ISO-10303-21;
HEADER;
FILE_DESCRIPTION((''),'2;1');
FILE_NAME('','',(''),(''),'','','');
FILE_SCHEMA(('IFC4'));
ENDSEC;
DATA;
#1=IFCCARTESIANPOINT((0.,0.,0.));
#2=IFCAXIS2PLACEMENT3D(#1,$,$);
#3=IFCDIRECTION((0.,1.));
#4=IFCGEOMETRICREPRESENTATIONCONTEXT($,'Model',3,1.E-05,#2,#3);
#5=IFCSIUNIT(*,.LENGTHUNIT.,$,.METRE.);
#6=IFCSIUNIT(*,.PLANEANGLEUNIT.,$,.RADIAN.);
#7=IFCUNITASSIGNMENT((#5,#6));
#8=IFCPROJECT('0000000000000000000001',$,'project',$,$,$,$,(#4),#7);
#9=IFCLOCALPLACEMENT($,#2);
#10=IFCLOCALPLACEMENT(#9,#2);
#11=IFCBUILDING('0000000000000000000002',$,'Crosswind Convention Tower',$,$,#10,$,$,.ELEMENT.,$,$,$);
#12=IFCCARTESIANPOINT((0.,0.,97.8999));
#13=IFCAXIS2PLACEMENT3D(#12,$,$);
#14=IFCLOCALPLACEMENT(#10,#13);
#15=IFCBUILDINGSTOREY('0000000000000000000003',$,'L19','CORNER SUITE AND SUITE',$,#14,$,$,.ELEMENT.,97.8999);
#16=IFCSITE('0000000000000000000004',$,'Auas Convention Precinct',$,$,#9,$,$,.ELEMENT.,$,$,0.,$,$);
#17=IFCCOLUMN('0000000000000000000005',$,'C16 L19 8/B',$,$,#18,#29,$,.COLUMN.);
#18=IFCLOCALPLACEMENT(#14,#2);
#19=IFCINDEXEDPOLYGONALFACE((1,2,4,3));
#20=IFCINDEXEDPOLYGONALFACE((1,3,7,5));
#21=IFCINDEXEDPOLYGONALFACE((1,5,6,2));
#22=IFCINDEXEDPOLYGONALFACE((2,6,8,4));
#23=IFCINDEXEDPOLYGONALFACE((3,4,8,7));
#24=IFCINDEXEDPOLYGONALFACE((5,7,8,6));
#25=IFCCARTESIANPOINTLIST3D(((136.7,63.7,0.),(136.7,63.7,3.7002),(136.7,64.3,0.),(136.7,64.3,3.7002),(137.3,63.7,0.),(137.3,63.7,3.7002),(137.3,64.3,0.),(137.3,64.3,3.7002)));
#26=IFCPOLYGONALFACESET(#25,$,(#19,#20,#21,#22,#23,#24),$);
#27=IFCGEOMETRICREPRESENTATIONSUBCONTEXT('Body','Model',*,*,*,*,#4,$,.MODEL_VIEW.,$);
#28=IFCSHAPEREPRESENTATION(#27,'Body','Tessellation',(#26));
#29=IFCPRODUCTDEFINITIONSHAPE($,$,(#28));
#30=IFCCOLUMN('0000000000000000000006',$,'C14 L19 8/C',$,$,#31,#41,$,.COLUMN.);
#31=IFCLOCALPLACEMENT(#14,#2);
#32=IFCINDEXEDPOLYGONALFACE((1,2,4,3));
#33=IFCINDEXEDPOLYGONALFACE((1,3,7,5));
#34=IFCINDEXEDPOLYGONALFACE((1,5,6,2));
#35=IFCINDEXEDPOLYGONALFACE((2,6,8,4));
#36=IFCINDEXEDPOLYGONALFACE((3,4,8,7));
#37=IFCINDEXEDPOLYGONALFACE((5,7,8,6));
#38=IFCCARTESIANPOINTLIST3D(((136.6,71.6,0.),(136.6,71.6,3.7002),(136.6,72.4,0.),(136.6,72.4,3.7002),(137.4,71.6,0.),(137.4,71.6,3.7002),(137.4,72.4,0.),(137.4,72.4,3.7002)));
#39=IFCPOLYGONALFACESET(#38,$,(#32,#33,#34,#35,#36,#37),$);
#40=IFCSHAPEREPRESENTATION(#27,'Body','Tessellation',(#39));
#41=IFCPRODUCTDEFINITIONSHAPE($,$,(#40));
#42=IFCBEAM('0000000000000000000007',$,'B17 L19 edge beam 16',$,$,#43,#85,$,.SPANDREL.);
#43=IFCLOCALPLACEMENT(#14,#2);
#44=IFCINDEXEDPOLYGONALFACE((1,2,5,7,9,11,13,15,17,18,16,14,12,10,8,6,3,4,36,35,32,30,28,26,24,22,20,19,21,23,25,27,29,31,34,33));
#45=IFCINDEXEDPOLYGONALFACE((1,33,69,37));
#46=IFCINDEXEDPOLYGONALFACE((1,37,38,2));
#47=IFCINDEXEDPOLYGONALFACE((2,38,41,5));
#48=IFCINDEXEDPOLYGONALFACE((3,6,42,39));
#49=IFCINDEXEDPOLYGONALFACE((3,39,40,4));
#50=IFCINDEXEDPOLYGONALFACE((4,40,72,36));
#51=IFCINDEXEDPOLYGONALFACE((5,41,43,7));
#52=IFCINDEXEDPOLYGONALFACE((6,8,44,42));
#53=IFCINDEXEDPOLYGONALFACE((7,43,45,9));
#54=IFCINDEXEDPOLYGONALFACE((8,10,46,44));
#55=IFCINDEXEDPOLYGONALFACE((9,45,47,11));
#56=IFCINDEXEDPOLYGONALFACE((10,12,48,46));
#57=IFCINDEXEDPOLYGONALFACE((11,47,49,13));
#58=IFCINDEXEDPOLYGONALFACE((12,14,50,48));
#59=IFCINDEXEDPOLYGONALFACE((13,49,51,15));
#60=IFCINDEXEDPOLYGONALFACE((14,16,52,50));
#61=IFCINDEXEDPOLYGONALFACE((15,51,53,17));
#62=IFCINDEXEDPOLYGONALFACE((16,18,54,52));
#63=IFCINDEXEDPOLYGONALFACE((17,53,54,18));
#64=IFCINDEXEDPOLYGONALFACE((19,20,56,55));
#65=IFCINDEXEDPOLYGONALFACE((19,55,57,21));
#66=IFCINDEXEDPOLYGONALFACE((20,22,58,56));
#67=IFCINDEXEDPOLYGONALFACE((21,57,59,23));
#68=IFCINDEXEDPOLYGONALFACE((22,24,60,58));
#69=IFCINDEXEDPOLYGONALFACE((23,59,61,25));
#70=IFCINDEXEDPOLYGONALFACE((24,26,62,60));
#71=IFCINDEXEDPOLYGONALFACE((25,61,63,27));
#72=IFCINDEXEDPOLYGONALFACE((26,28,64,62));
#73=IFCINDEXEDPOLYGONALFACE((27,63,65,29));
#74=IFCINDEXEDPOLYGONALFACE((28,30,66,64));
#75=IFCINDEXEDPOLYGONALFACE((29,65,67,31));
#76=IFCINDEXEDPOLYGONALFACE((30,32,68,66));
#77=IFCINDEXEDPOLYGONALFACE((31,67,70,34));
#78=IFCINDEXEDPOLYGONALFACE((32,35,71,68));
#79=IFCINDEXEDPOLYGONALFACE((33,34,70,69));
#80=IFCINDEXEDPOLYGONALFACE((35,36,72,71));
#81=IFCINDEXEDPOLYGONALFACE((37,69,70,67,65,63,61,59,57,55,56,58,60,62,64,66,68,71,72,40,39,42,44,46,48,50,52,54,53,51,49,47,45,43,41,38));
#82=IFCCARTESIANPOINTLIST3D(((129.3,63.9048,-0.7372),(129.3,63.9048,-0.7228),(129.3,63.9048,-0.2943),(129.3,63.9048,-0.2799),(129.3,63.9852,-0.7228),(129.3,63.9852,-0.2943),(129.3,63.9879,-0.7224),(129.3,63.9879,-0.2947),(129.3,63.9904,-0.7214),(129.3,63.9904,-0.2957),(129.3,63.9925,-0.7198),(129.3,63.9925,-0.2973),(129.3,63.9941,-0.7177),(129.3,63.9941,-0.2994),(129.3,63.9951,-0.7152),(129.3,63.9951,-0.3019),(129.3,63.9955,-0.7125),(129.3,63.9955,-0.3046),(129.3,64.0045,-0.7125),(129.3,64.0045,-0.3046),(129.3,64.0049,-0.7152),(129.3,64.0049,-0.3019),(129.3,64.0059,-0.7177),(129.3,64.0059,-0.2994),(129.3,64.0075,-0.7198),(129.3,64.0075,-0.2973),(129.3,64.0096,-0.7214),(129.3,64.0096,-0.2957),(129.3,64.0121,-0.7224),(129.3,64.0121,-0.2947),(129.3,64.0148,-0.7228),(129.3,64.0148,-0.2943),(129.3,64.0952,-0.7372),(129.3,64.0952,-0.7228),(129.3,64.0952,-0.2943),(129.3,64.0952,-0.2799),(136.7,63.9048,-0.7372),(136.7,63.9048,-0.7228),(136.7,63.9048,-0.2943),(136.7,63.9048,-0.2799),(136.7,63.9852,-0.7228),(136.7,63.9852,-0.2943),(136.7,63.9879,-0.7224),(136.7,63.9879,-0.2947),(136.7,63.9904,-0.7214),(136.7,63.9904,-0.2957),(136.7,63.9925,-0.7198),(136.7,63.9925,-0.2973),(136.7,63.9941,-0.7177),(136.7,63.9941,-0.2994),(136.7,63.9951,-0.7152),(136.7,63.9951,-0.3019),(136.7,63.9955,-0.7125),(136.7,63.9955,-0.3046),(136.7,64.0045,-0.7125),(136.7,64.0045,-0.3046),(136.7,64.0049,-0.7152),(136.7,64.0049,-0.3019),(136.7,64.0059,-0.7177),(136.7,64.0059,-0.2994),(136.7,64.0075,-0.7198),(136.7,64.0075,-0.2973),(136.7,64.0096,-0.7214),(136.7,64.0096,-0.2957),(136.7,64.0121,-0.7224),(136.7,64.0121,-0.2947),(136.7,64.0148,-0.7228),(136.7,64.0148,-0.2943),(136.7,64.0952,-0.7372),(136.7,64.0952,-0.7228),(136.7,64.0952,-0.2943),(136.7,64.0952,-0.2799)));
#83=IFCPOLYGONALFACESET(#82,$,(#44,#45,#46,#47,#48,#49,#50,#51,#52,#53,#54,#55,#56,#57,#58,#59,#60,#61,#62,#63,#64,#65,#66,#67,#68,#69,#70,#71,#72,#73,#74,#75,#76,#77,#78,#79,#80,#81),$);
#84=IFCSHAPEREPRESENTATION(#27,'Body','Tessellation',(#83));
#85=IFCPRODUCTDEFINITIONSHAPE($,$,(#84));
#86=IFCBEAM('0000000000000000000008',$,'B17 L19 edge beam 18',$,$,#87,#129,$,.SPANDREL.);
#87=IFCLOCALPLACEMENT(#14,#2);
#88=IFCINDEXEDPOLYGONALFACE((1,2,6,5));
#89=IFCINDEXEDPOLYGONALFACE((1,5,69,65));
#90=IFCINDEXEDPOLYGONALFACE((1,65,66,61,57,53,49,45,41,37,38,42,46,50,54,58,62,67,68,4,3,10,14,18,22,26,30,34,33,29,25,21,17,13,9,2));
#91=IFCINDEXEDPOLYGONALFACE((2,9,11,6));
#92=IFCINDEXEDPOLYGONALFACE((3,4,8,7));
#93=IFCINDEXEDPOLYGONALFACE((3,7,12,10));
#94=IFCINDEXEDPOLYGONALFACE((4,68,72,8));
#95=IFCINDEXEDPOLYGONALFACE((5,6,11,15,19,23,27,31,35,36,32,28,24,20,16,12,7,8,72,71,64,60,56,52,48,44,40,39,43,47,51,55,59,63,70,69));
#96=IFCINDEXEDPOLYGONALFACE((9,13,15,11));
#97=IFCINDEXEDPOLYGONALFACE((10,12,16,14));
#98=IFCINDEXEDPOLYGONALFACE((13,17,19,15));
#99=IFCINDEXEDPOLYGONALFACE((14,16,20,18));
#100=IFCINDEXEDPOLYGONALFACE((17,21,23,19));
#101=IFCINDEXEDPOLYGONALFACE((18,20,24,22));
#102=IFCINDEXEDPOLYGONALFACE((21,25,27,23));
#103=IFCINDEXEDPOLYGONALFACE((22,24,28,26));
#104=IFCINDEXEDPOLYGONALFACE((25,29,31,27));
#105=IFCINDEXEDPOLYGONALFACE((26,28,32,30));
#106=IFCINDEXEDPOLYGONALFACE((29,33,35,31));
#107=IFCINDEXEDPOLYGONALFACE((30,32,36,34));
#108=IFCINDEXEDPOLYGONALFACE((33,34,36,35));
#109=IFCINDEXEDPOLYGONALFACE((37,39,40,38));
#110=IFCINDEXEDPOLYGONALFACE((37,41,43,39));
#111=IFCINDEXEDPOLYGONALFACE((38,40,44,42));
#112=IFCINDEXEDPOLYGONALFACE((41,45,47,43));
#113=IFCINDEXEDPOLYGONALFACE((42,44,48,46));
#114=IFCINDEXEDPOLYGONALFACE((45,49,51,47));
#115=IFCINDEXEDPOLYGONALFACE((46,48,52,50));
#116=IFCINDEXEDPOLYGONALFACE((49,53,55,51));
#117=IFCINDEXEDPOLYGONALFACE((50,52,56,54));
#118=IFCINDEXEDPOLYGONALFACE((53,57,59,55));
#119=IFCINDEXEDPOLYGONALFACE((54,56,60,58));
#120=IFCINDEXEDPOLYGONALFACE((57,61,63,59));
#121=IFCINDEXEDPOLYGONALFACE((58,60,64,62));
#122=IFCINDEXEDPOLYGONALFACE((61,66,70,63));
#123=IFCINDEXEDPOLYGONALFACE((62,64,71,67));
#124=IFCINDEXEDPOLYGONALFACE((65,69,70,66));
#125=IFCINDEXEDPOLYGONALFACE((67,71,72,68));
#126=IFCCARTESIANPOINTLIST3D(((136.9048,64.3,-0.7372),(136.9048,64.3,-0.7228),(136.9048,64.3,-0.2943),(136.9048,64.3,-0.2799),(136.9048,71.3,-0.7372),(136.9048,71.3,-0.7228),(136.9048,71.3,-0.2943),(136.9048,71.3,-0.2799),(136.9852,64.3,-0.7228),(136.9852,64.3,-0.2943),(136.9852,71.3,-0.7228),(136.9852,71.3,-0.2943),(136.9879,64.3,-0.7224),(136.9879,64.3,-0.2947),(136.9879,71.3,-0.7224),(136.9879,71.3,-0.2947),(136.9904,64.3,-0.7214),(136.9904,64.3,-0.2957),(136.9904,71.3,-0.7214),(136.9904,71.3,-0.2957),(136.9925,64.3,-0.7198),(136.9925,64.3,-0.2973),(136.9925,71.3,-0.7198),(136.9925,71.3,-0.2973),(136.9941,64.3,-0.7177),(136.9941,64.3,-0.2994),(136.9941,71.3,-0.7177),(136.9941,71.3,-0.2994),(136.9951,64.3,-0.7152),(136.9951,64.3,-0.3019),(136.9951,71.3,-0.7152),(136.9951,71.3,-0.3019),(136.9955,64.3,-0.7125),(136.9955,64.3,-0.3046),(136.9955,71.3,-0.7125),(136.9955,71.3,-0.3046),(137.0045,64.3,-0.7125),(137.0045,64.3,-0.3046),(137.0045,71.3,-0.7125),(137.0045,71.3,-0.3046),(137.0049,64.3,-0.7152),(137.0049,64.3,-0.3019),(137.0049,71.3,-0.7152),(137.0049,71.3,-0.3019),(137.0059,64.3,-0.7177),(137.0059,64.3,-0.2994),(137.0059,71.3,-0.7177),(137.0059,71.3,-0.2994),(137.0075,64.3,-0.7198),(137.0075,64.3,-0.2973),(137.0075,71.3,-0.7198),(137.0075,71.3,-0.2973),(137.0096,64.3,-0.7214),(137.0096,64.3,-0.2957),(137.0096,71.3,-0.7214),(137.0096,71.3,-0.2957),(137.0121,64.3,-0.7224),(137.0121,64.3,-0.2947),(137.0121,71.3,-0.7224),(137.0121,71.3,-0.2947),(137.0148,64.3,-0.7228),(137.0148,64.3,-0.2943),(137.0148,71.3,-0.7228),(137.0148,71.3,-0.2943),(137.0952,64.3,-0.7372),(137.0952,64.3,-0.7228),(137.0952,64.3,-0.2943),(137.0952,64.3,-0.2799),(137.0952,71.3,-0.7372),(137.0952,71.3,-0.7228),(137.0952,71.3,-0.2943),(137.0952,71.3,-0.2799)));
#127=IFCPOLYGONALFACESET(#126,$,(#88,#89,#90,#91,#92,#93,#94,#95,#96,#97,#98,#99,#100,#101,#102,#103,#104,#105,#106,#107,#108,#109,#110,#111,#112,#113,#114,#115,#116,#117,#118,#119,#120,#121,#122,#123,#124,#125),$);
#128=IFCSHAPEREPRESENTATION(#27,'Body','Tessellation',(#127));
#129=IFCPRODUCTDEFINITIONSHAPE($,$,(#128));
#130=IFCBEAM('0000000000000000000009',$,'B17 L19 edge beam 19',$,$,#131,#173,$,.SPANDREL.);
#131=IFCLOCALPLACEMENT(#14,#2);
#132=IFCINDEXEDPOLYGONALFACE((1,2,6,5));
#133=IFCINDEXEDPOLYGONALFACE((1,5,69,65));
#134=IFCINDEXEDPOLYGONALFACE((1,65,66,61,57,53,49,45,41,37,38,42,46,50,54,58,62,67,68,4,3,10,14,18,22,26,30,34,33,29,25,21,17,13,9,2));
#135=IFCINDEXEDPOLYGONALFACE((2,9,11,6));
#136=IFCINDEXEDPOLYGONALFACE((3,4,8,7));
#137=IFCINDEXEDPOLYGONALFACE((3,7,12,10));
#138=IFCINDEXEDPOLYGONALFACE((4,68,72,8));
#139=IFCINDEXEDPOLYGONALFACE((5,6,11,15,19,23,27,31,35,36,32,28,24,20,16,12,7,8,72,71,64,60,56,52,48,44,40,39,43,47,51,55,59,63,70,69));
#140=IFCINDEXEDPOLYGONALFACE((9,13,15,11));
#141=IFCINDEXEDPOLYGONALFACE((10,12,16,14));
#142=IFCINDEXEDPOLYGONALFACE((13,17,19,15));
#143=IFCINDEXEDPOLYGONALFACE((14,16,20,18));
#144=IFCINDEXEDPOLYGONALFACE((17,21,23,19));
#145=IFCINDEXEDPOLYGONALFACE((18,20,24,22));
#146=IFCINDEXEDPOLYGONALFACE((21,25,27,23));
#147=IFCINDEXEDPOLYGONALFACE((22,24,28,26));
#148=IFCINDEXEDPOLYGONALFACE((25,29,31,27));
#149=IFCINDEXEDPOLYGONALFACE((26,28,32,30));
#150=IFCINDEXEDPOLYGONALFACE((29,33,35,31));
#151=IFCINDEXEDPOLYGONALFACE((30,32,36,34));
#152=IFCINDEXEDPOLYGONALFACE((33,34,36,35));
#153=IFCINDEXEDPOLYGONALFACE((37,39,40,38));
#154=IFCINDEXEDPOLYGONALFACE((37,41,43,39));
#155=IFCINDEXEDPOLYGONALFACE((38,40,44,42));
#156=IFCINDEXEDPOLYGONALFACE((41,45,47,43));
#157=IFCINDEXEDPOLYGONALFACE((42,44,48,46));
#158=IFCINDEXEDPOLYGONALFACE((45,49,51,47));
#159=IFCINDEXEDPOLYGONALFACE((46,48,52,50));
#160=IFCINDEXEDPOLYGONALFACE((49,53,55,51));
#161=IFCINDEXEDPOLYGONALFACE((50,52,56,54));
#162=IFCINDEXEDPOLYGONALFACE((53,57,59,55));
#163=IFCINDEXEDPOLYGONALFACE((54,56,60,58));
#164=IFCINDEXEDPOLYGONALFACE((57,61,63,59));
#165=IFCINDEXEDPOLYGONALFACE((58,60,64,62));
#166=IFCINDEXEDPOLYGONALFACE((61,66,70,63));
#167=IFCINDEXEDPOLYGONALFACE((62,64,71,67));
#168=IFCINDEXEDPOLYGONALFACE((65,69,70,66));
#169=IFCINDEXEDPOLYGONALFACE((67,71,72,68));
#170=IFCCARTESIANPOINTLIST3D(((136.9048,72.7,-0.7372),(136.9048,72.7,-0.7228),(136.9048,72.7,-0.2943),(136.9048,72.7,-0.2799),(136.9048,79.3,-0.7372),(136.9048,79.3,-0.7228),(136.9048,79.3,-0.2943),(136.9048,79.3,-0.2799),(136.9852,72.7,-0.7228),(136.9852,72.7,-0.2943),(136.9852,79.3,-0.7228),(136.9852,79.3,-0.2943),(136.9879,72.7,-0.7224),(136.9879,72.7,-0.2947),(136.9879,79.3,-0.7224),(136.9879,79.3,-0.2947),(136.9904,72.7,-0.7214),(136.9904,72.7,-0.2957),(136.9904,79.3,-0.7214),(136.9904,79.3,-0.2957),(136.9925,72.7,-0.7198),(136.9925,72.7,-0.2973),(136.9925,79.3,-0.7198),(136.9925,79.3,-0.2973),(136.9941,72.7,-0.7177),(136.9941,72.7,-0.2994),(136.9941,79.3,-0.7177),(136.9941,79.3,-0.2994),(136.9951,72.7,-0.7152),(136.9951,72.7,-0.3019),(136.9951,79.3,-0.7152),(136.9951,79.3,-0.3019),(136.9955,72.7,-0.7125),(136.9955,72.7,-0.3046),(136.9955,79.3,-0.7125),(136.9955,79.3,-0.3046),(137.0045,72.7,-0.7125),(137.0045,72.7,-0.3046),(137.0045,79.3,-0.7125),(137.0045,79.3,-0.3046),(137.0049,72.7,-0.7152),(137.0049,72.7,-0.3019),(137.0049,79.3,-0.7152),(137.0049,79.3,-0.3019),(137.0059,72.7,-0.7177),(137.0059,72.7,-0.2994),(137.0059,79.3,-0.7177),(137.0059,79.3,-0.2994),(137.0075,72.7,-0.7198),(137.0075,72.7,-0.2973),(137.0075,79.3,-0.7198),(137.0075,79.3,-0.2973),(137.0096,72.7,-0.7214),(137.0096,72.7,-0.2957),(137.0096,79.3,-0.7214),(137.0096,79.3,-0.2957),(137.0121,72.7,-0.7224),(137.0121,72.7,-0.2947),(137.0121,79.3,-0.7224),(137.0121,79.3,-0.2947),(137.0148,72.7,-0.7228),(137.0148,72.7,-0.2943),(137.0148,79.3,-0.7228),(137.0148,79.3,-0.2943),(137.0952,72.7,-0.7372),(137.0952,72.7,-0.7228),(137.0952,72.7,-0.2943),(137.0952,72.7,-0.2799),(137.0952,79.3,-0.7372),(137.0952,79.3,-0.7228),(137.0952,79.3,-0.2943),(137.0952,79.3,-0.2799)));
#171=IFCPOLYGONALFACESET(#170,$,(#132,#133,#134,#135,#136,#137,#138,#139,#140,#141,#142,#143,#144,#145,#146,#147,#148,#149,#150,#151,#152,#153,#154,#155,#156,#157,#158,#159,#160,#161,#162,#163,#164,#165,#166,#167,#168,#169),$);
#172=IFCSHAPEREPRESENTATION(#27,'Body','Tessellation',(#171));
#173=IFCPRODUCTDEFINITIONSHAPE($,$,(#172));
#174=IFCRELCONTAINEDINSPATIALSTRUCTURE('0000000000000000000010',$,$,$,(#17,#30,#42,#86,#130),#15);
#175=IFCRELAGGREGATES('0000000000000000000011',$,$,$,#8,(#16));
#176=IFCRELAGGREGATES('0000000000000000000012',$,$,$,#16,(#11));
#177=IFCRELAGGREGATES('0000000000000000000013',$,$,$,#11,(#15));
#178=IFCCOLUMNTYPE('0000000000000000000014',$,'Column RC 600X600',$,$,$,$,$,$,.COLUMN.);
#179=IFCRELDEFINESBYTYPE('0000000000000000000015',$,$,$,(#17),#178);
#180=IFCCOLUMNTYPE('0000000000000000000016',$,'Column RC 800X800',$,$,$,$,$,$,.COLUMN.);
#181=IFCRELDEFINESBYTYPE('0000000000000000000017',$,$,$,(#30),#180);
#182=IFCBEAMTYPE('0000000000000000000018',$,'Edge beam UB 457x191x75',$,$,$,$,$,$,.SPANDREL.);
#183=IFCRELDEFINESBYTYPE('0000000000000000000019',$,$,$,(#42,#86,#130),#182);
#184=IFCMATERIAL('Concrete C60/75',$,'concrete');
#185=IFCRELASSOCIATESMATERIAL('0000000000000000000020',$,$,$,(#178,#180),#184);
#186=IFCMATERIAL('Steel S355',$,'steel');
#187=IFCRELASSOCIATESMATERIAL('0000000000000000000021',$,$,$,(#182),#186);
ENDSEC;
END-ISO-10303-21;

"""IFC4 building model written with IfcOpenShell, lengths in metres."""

from ifc_helpers import new_model, si_unit, direction, frame, origin, origin_2d, place, context, subcontext, project, spatial, rectangle, i_section, extrude, material, material_profile, profile_set, type_object, element, save


model = new_model("IFC4")

# Units and contexts
model_context = context("Model", 3, precision=1e-05, world=origin(), true_north=direction((0.0, 1.0)))
body_context = subcontext(model_context, "Body", "Model", "MODEL_VIEW")
ifc_project = project(units=[si_unit("LENGTHUNIT", "METRE"), si_unit("PLANEANGLEUNIT", "RADIAN")], contexts=[model_context])

# Site, building, storey
site_placement = place(None, origin())
site = spatial("IfcSite", under=ifc_project, at=site_placement, Name="Auas Convention Precinct", CompositionType="ELEMENT", RefElevation=0.0)
building_placement = place(site_placement, origin())
building = spatial("IfcBuilding", under=site, at=building_placement, Name="Crosswind Convention Tower", CompositionType="ELEMENT")
storey_placement = place(building_placement, frame((0.0, 0.0, 97.8999)))
storey = spatial("IfcBuildingStorey", under=building, at=storey_placement, Name="L19", Description="CORNER SUITE AND SUITE", CompositionType="ELEMENT", Elevation=97.8999)

# Columns
ifc_material_1 = material(Name="Concrete C60/75", Category="concrete")
ifc_material_profile_1 = material_profile(ifc_material_1, rectangle(XDim=0.6001, YDim=0.6001, at=origin_2d()), Name="RC 600X600")
ifc_profile_set_1 = profile_set([ifc_material_profile_1], Name="Concrete C60/75")
column_type_1 = type_object("IfcColumnType", Name="Column RC 600X600", PredefinedType="COLUMN", material=ifc_profile_set_1)
column_1_placement = place(storey_placement, frame((137.0, 64.0, 0.0), z_axis=(0.0, 0.0, 1.0), x_axis=(1.0, 0.0, 0.0)))
element("IfcColumn", 1, at=column_1_placement, inside=storey, type_object=column_type_1, Name="C16 L19 8/B", PredefinedType="COLUMN", context=body_context, shape_type="SweptSolid", body=[
    extrude(rectangle(XDim=0.6001, YDim=0.6001, at=origin_2d()), origin(), (0.0, 0.0, 1.0), 3.7002),
])
ifc_material_profile_2 = material_profile(ifc_material_1, rectangle(XDim=0.8, YDim=0.8, at=origin_2d()), Name="RC 800X800")
ifc_profile_set_2 = profile_set([ifc_material_profile_2], Name="Concrete C60/75")
column_type_2 = type_object("IfcColumnType", Name="Column RC 800X800", PredefinedType="COLUMN", material=ifc_profile_set_2)
column_2_placement = place(storey_placement, frame((137.0, 72.0, 0.0), z_axis=(0.0, 0.0, 1.0), x_axis=(1.0, 0.0, 0.0)))
element("IfcColumn", 2, at=column_2_placement, inside=storey, type_object=column_type_2, Name="C14 L19 8/C", PredefinedType="COLUMN", context=body_context, shape_type="SweptSolid", body=[
    extrude(rectangle(XDim=0.8, YDim=0.8, at=origin_2d()), origin(), (0.0, 0.0, 1.0), 3.7002),
])

# Beams
ifc_material_2 = material(Name="Steel S355", Category="steel")
ifc_material_profile_3 = material_profile(ifc_material_2, i_section(OverallWidth=0.1904, OverallDepth=0.4573, WebThickness=0.009, FlangeThickness=0.0144, FilletRadius=0.0103, at=origin_2d()), Name="UB 457x191x75")
ifc_profile_set_3 = profile_set([ifc_material_profile_3], Name="Steel S355")
beam_type_1 = type_object("IfcBeamType", Name="Edge beam UB 457x191x75", PredefinedType="SPANDREL", material=ifc_profile_set_3)
beam_1_placement = place(storey_placement, frame((129.3, 64.0, -0.5085), z_axis=(1.0, 0.0, 0.0), x_axis=(0.0, 1.0, 0.0)))
element("IfcBeam", 3, at=beam_1_placement, inside=storey, type_object=beam_type_1, Name="B17 L19 edge beam 16", PredefinedType="SPANDREL", context=body_context, shape_type="SweptSolid", body=[
    extrude(i_section(OverallWidth=0.1904, OverallDepth=0.4573, WebThickness=0.009, FlangeThickness=0.0144, FilletRadius=0.0103, at=origin_2d()), origin(), (0.0, 0.0, 1.0), 7.3999),
])
beam_2_placement = place(storey_placement, frame((137.0, 64.3, -0.5085), z_axis=(0.0, 1.0, 0.0), x_axis=(-1.0, 0.0, 0.0)))
element("IfcBeam", 4, at=beam_2_placement, inside=storey, type_object=beam_type_1, Name="B17 L19 edge beam 18", PredefinedType="SPANDREL", context=body_context, shape_type="SweptSolid", body=[
    extrude(i_section(OverallWidth=0.1904, OverallDepth=0.4573, WebThickness=0.009, FlangeThickness=0.0144, FilletRadius=0.0103, at=origin_2d()), origin(), (0.0, 0.0, 1.0), 7.0),
])
beam_3_placement = place(storey_placement, frame((137.0, 72.7, -0.5085), z_axis=(0.0, 1.0, 0.0), x_axis=(-1.0, 0.0, 0.0)))
element("IfcBeam", 5, at=beam_3_placement, inside=storey, type_object=beam_type_1, Name="B17 L19 edge beam 19", PredefinedType="SPANDREL", context=body_context, shape_type="SweptSolid", body=[
    extrude(i_section(OverallWidth=0.1904, OverallDepth=0.4573, WebThickness=0.009, FlangeThickness=0.0144, FilletRadius=0.0103, at=origin_2d()), origin(), (0.0, 0.0, 1.0), 6.6001),
])

save(model, "model.ifc")
